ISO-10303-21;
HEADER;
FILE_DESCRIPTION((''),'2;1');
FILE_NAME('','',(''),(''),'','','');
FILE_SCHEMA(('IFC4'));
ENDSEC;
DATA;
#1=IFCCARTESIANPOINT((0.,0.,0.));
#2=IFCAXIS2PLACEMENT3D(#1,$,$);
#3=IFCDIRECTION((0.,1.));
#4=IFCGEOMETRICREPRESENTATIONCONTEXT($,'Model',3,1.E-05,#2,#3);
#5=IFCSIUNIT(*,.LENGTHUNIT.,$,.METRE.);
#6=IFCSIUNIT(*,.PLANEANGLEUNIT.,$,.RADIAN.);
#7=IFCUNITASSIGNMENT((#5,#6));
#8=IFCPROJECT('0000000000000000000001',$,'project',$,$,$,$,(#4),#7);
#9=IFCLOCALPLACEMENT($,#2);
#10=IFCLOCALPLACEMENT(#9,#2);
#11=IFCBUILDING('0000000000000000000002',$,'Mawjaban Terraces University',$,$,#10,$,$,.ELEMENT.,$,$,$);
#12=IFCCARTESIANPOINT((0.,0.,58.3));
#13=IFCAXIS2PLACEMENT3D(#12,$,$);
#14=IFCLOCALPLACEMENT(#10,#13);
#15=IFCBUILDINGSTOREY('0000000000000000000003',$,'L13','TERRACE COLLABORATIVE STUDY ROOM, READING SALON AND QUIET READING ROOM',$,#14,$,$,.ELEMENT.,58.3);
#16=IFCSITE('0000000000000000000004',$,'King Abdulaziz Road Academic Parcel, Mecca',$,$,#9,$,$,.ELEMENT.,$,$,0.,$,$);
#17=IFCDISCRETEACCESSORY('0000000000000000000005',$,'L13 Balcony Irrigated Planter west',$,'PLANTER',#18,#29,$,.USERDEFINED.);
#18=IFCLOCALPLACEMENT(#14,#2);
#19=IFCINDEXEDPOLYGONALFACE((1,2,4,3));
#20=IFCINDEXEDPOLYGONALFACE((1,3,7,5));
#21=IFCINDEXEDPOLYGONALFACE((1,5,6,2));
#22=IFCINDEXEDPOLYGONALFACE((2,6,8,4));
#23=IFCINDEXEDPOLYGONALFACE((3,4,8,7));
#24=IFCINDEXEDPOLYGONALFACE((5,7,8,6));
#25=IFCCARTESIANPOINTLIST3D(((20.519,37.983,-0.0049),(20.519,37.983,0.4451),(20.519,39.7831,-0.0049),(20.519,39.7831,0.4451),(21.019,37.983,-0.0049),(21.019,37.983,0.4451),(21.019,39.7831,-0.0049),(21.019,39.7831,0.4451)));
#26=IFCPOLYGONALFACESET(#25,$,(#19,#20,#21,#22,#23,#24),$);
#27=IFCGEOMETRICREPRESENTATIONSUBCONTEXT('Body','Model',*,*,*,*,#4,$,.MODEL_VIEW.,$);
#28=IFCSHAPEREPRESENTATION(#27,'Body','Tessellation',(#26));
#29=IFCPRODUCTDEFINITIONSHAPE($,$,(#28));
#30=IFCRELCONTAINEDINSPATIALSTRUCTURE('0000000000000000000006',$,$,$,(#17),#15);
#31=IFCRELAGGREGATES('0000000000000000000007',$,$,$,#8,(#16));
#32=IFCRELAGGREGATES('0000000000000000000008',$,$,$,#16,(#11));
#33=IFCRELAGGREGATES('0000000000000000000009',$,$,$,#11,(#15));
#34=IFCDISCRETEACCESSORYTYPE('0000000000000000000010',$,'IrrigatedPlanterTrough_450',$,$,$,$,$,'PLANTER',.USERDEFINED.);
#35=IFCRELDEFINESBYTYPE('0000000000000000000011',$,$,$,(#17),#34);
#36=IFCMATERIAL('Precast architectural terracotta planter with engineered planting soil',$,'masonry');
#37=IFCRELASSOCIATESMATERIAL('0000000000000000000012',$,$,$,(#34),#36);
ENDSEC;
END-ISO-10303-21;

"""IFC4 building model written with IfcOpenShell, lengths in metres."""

from ifc_helpers import new_model, si_unit, direction, frame, origin, origin_2d, place, context, subcontext, project, spatial, rectangle, extrude, material, type_object, element, save


model = new_model("IFC4")

# Units and contexts
model_context = context("Model", 3, precision=1e-05, world=origin(), true_north=direction((0.0, 1.0)))
body_context = subcontext(model_context, "Body", "Model", "MODEL_VIEW")
ifc_project = project(units=[si_unit("LENGTHUNIT", "METRE"), si_unit("PLANEANGLEUNIT", "RADIAN")], contexts=[model_context])

# Site, building, storey
site_placement = place(None, origin())
site = spatial("IfcSite", under=ifc_project, at=site_placement, Name="King Abdulaziz Road Academic Parcel, Mecca", CompositionType="ELEMENT", RefElevation=0.0)
building_placement = place(site_placement, origin())
building = spatial("IfcBuilding", under=site, at=building_placement, Name="Mawjaban Terraces University", CompositionType="ELEMENT")
storey_placement = place(building_placement, frame((0.0, 0.0, 58.3)))
storey = spatial("IfcBuildingStorey", under=building, at=storey_placement, Name="L13", Description="TERRACE COLLABORATIVE STUDY ROOM, READING SALON AND QUIET READING ROOM", CompositionType="ELEMENT", Elevation=58.3)

# Discrete accessory
ifc_material_1 = material(Name="Precast architectural terracotta planter with engineered planting soil", Category="masonry")
discrete_accessory_type_1 = type_object("IfcDiscreteAccessoryType", Name="IrrigatedPlanterTrough_450", ElementType="PLANTER", PredefinedType="USERDEFINED", material=ifc_material_1)
discrete_accessory_1_placement = place(storey_placement, frame((20.769, 38.8831, -0.0049), z_axis=(0.0, 0.0, 1.0), x_axis=(0.0, 1.0, 0.0)))
element("IfcDiscreteAccessory", 1, at=discrete_accessory_1_placement, inside=storey, type_object=discrete_accessory_type_1, Name="L13 Balcony Irrigated Planter west", ObjectType="PLANTER", PredefinedType="USERDEFINED", context=body_context, shape_type="SweptSolid", body=[
    extrude(rectangle(XDim=1.8, YDim=0.5, at=origin_2d()), origin(), (0.0, 0.0, 1.0), 0.45),
])

save(model, "model.ifc")
